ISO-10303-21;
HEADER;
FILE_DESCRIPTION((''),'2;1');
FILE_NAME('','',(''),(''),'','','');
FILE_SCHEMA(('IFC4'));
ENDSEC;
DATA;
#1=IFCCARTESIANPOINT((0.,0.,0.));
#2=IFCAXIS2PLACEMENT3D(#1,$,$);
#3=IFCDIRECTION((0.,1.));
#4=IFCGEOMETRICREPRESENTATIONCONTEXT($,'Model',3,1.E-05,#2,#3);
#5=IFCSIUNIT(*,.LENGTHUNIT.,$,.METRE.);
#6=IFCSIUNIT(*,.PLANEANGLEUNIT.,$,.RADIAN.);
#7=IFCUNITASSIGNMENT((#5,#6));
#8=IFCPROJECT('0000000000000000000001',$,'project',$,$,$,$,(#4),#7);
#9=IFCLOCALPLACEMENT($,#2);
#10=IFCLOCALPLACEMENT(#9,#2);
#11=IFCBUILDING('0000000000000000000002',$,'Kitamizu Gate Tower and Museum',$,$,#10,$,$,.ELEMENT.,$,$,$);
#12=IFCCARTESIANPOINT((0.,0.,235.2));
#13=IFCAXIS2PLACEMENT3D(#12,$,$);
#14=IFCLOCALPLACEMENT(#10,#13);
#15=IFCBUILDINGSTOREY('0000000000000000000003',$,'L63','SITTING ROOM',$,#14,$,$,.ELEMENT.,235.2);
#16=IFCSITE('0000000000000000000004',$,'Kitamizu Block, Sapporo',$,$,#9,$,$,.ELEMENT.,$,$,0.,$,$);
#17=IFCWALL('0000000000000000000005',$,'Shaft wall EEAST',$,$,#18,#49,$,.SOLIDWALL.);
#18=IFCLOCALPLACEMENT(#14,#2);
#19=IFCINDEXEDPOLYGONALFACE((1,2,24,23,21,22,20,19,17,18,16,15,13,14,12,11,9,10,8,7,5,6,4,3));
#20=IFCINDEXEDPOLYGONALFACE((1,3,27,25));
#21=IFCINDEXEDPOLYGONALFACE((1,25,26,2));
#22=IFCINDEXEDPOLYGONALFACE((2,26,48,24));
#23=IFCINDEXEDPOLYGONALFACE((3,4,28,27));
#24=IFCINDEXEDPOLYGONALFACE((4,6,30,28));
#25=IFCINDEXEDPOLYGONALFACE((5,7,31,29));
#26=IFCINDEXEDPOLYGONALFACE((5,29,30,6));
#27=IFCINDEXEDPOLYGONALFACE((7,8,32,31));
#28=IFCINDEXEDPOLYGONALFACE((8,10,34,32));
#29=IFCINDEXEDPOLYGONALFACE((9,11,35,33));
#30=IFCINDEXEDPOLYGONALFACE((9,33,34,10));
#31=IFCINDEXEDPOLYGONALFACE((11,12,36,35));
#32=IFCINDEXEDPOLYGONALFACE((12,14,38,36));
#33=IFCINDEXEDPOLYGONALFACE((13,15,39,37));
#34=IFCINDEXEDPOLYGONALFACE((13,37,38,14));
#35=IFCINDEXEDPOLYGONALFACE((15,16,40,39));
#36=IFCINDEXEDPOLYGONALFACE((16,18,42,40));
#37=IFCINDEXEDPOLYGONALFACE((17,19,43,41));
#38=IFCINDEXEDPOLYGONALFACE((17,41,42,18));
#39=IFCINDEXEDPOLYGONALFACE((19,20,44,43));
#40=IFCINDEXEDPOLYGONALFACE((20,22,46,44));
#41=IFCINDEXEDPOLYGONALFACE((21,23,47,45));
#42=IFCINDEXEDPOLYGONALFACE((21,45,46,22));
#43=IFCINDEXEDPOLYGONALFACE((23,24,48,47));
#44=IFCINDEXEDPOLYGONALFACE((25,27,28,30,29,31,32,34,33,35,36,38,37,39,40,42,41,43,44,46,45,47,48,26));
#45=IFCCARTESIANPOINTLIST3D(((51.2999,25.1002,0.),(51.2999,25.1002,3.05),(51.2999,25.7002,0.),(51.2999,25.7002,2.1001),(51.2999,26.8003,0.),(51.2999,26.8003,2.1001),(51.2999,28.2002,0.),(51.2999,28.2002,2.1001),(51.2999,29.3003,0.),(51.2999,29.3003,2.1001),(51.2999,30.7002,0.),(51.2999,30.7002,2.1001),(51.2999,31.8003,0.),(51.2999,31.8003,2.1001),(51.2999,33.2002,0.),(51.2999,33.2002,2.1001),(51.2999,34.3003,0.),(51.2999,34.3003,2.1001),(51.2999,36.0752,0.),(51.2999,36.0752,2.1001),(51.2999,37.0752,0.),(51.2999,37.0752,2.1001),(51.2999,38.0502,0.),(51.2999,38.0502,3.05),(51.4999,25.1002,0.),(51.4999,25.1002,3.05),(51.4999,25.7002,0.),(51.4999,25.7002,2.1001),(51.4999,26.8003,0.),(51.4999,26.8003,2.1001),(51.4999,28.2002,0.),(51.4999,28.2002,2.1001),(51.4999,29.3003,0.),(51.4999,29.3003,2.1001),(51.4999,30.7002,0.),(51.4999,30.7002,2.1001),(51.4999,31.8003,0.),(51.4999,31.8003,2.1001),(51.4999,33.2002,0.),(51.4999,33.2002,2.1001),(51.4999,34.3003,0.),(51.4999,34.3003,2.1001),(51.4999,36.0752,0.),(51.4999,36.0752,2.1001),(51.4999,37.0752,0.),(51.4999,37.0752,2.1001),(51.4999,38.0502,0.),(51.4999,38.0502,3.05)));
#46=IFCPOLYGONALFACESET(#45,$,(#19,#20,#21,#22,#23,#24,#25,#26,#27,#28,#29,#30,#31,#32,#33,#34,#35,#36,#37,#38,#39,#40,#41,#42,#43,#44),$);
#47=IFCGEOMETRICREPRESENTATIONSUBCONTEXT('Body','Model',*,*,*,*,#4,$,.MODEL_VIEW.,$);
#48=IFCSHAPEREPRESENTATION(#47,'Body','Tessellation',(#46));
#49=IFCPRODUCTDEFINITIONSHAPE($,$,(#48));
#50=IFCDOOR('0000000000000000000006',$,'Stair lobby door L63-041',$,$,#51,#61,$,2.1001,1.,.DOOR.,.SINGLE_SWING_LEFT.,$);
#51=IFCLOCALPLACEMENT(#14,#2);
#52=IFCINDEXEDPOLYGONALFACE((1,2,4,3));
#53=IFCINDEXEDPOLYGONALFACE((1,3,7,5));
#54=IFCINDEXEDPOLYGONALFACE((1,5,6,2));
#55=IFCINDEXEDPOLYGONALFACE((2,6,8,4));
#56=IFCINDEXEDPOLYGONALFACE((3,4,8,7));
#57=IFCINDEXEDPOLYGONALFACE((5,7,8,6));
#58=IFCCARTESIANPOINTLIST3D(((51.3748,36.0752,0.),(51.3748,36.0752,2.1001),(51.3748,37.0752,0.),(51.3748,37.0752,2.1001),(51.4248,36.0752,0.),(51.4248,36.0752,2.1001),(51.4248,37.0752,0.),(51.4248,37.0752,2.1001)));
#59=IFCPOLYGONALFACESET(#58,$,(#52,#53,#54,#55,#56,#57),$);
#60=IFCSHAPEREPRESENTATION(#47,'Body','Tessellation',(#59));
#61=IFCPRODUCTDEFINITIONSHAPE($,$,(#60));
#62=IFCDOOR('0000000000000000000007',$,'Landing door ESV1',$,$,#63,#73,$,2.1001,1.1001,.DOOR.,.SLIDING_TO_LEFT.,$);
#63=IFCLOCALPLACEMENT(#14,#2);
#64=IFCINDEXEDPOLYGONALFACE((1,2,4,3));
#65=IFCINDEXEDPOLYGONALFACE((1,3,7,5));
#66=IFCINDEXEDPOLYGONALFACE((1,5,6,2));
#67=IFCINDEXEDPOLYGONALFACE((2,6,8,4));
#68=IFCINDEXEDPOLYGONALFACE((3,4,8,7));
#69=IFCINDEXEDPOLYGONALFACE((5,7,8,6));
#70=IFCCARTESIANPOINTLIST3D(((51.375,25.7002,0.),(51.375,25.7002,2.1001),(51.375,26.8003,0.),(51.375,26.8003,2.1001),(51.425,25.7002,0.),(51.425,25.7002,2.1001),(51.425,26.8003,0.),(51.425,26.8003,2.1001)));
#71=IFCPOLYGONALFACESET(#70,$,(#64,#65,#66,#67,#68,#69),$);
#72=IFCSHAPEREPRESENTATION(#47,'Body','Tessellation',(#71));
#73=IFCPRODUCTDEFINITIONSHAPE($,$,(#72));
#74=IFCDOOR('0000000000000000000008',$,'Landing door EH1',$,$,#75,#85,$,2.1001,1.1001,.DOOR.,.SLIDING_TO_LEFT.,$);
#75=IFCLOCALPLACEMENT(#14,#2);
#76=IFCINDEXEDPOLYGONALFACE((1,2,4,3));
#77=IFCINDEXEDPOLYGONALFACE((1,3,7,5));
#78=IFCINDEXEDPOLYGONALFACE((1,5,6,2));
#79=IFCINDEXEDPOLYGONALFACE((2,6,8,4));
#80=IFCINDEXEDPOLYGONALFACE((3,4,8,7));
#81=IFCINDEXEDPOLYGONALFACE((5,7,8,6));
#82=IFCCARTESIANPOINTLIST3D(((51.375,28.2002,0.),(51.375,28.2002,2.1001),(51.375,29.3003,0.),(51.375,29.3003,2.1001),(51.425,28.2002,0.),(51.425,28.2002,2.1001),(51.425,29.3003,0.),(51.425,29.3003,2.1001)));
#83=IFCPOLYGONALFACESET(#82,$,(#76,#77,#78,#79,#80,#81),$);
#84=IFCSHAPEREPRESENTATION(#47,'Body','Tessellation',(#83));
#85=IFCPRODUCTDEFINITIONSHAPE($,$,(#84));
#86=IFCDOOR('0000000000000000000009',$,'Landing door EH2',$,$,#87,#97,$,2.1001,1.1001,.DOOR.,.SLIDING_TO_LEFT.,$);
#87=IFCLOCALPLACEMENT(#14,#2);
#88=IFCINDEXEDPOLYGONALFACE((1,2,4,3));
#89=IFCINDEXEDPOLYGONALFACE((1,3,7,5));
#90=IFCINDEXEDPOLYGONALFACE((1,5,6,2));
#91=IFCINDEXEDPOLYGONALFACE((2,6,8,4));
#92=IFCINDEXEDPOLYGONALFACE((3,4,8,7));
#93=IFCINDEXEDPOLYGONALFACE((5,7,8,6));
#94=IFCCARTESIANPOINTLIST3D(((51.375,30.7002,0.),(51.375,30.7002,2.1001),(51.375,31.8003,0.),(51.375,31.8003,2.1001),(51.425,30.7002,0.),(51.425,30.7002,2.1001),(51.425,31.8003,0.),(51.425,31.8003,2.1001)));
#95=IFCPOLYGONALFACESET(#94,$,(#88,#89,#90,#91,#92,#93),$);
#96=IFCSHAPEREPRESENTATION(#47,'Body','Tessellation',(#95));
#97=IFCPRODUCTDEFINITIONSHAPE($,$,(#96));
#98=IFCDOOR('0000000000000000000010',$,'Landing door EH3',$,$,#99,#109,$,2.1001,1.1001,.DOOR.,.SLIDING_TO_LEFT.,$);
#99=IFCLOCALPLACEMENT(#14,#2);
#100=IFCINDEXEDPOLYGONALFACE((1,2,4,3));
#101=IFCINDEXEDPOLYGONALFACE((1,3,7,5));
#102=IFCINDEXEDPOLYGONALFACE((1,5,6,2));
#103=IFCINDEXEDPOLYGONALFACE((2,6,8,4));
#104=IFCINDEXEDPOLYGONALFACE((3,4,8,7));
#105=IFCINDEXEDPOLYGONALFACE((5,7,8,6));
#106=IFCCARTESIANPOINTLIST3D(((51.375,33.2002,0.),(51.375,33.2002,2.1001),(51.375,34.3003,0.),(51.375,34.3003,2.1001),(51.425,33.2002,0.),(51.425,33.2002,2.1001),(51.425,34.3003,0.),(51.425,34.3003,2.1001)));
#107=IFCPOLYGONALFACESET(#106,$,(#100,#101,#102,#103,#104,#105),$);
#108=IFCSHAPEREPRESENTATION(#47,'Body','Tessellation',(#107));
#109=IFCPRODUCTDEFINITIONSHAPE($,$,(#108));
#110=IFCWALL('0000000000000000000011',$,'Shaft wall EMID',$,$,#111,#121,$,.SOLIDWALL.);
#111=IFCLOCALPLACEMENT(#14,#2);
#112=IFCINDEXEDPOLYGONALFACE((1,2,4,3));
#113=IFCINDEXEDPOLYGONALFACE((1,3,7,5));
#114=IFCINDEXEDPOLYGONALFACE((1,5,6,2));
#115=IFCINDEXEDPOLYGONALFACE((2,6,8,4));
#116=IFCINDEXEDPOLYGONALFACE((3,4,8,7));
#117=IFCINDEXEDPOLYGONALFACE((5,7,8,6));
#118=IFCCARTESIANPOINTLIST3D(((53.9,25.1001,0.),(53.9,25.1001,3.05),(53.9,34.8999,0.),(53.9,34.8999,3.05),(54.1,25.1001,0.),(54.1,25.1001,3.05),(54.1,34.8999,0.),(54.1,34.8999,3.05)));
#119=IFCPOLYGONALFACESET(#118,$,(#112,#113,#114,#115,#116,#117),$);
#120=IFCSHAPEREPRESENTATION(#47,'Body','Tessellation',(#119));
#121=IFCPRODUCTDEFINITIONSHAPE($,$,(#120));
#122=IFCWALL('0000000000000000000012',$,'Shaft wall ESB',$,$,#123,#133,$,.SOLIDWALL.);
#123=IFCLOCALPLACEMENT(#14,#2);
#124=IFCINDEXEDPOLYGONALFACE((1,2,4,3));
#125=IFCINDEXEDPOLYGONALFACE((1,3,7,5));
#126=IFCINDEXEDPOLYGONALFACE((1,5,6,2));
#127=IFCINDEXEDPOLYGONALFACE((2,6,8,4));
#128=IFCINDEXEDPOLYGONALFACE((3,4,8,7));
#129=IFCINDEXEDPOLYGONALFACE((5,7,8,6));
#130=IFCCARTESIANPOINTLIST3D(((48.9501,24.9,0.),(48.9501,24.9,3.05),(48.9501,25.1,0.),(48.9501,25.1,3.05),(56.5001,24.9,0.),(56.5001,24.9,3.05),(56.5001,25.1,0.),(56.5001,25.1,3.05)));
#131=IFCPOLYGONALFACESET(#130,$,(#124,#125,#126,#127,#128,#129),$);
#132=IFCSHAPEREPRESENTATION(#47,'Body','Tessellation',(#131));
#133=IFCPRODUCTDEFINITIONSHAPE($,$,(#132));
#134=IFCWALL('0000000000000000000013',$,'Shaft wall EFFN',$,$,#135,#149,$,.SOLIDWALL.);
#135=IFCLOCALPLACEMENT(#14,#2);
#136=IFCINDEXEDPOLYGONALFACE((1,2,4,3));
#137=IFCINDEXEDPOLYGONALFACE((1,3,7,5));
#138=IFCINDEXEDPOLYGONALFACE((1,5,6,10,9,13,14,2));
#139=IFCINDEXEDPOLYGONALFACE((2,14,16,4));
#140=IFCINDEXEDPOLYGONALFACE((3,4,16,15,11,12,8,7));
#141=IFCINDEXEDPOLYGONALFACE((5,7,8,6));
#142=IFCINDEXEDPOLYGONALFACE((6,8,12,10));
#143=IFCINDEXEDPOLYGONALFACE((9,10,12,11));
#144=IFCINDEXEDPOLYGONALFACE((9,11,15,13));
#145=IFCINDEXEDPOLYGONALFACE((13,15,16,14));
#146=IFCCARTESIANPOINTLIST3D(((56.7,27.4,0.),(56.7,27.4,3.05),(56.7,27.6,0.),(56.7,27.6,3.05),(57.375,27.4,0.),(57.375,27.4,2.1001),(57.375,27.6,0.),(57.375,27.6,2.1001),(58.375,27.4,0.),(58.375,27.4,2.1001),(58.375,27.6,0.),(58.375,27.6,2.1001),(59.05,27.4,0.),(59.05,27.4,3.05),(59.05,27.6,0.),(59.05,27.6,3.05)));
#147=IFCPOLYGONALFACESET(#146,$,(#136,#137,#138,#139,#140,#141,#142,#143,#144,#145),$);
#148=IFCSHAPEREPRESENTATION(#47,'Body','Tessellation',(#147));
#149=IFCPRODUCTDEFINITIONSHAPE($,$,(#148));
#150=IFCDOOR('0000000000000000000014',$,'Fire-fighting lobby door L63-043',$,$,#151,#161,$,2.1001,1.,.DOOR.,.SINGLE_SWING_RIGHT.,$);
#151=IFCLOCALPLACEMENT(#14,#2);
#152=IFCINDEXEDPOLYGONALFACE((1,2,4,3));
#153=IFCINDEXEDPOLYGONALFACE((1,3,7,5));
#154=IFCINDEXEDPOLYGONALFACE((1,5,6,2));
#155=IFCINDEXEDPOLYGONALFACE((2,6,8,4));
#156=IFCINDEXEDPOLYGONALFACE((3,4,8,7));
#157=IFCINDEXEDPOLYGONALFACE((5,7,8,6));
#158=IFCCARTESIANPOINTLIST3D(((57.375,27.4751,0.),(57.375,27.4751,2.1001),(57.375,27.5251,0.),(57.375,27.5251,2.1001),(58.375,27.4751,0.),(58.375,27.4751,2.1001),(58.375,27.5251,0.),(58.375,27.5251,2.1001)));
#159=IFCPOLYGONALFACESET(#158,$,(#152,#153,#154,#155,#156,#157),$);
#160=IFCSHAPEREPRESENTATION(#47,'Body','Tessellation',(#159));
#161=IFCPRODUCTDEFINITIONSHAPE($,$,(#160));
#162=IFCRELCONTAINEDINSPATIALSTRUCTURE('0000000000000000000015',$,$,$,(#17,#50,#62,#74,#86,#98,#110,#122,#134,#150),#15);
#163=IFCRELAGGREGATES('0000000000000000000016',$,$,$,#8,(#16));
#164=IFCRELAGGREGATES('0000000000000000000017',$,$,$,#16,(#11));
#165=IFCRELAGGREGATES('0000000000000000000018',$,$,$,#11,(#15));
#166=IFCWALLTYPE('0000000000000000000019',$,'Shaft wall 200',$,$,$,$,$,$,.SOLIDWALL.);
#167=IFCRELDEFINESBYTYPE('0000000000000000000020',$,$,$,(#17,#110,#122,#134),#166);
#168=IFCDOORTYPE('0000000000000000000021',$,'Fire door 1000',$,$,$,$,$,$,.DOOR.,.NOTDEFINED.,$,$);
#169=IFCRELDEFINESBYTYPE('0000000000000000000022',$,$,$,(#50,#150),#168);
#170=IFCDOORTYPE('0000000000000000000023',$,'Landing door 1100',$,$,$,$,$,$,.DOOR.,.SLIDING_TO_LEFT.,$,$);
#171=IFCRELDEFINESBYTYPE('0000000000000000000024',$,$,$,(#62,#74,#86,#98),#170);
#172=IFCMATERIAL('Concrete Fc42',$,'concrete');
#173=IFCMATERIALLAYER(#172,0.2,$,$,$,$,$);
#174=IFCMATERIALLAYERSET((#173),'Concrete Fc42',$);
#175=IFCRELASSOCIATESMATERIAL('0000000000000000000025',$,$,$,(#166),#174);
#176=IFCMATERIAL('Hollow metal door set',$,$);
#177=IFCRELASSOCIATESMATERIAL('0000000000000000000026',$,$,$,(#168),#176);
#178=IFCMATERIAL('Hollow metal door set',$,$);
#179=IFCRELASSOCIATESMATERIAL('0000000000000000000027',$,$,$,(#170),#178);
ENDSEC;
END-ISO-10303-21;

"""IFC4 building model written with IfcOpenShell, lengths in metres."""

from ifc_helpers import new_model, si_unit, direction, frame, frame_2d, origin, place, context, subcontext, project, spatial, rectangle, extrude, material, layer, layer_set, type_object, element, fill, save


model = new_model("IFC4")

# Units and contexts
model_context = context("Model", 3, precision=1e-05, world=origin(), true_north=direction((0.0, 1.0)))
body_context = subcontext(model_context, "Body", "Model", "MODEL_VIEW")
ifc_project = project(units=[si_unit("LENGTHUNIT", "METRE"), si_unit("PLANEANGLEUNIT", "RADIAN")], contexts=[model_context])

# Site, building, storey
site_placement = place(None, origin())
site = spatial("IfcSite", under=ifc_project, at=site_placement, Name="Kitamizu Block, Sapporo", CompositionType="ELEMENT", RefElevation=0.0)
building_placement = place(site_placement, origin())
building = spatial("IfcBuilding", under=site, at=building_placement, Name="Kitamizu Gate Tower and Museum", CompositionType="ELEMENT")
storey_placement = place(building_placement, frame((0.0, 0.0, 235.2)))
storey = spatial("IfcBuildingStorey", under=building, at=storey_placement, Name="L63", Description="SITTING ROOM", CompositionType="ELEMENT", Elevation=235.2)

# Wall, openings, doors
ifc_material_1 = material(Name="Concrete Fc42", Category="concrete")
ifc_layer_1 = layer(ifc_material_1, 0.2)
ifc_layer_set_1 = layer_set([ifc_layer_1], Name="Concrete Fc42")
wall_type_1 = type_object("IfcWallType", Name="Shaft wall 200", PredefinedType="SOLIDWALL", material=ifc_layer_set_1)
ifc_material_2 = material(Name="Hollow metal door set")
door_type_1 = type_object("IfcDoorType", Name="Fire door 1000", OperationType="NOTDEFINED", PredefinedType="DOOR", material=ifc_material_2)
ifc_material_3 = material(Name="Hollow metal door set")
door_type_2 = type_object("IfcDoorType", Name="Landing door 1100", OperationType="SLIDING_TO_LEFT", PredefinedType="DOOR", material=ifc_material_3)
wall_1_placement = place(storey_placement, frame((51.3999, 25.1001, 0.0), z_axis=(0.0, 0.0, 1.0), x_axis=(0.0, 1.0, 0.0)))
wall_1 = element("IfcWall", 1, at=wall_1_placement, inside=storey, type_object=wall_type_1, Name="Shaft wall EEAST", PredefinedType="SOLIDWALL", context=body_context, shape_type="SweptSolid", body=[
    extrude(rectangle(XDim=12.95, YDim=0.2, at=frame_2d((6.4751, 0.0))), origin(), (0.0, 0.0, 1.0), 3.05),
])
opening_1_placement = place(wall_1_placement, frame((0.6001, 0.0, 0.0)))
opening_1 = element("IfcOpeningElement", 2, at=opening_1_placement, cuts=wall_1, PredefinedType="OPENING", context=body_context, shape_type="SweptSolid", body=[
    extrude(rectangle(XDim=1.1001, YDim=2.1001, at=frame_2d((0.55, 1.05))), frame((0.0, 0.1099, 0.0), z_axis=(0.0, -1.0, 0.0), x_axis=(1.0, 0.0, 0.0)), (0.0, 0.0, 1.0), 0.22),
])
opening_2_placement = place(wall_1_placement, frame((3.1001, 0.0, 0.0)))
opening_2 = element("IfcOpeningElement", 3, at=opening_2_placement, cuts=wall_1, PredefinedType="OPENING", context=body_context, shape_type="SweptSolid", body=[
    extrude(rectangle(XDim=1.1001, YDim=2.1001, at=frame_2d((0.55, 1.05))), frame((0.0, 0.1099, 0.0), z_axis=(0.0, -1.0, 0.0), x_axis=(1.0, 0.0, 0.0)), (0.0, 0.0, 1.0), 0.22),
])
opening_3_placement = place(wall_1_placement, frame((5.6001, 0.0, 0.0)))
opening_3 = element("IfcOpeningElement", 4, at=opening_3_placement, cuts=wall_1, PredefinedType="OPENING", context=body_context, shape_type="SweptSolid", body=[
    extrude(rectangle(XDim=1.1001, YDim=2.1001, at=frame_2d((0.55, 1.05))), frame((0.0, 0.1099, 0.0), z_axis=(0.0, -1.0, 0.0), x_axis=(1.0, 0.0, 0.0)), (0.0, 0.0, 1.0), 0.22),
])
opening_4_placement = place(wall_1_placement, frame((8.1001, 0.0, 0.0)))
opening_4 = element("IfcOpeningElement", 5, at=opening_4_placement, cuts=wall_1, PredefinedType="OPENING", context=body_context, shape_type="SweptSolid", body=[
    extrude(rectangle(XDim=1.1001, YDim=2.1001, at=frame_2d((0.55, 1.05))), frame((0.0, 0.1099, 0.0), z_axis=(0.0, -1.0, 0.0), x_axis=(1.0, 0.0, 0.0)), (0.0, 0.0, 1.0), 0.22),
])
opening_5_placement = place(wall_1_placement, frame((10.9751, 0.0, 0.0)))
opening_5 = element("IfcOpeningElement", 6, at=opening_5_placement, cuts=wall_1, PredefinedType="OPENING", context=body_context, shape_type="SweptSolid", body=[
    extrude(rectangle(XDim=1.0, YDim=2.1001, at=frame_2d((0.5, 1.05))), frame((0.0, 0.1099, 0.0), z_axis=(0.0, -1.0, 0.0), x_axis=(1.0, 0.0, 0.0)), (0.0, 0.0, 1.0), 0.22),
])
door_1_placement = place(opening_5_placement, frame((1.0, 0.0, 0.0), x_axis=(-1.0, 0.0, 0.0)))
door_1 = element("IfcDoor", 7, at=door_1_placement, inside=storey, type_object=door_type_1, Name="Stair lobby door L63-041", OperationType="SINGLE_SWING_LEFT", OverallHeight=2.1001, OverallWidth=1.0, PredefinedType="DOOR", context=body_context, shape_type="SweptSolid", body=[
    extrude(rectangle(XDim=1.0, YDim=2.1001, at=frame_2d((0.5, 1.05))), frame((0.0, 0.0249, 0.0), z_axis=(0.0, -1.0, 0.0), x_axis=(1.0, 0.0, 0.0)), (0.0, 0.0, 1.0), 0.05),
])
fill(opening_5, door_1)
door_2_placement = place(opening_1_placement, origin())
door_2 = element("IfcDoor", 8, at=door_2_placement, inside=storey, type_object=door_type_2, Name="Landing door ESV1", OperationType="SLIDING_TO_LEFT", OverallHeight=2.1001, OverallWidth=1.1001, PredefinedType="DOOR", context=body_context, shape_type="SweptSolid", body=[
    extrude(rectangle(XDim=1.1001, YDim=2.1001, at=frame_2d((0.55, 1.05))), frame((0.0, 0.0249, 0.0), z_axis=(0.0, -1.0, 0.0), x_axis=(1.0, 0.0, 0.0)), (0.0, 0.0, 1.0), 0.05),
])
fill(opening_1, door_2)
door_3_placement = place(opening_2_placement, origin())
door_3 = element("IfcDoor", 9, at=door_3_placement, inside=storey, type_object=door_type_2, Name="Landing door EH1", OperationType="SLIDING_TO_LEFT", OverallHeight=2.1001, OverallWidth=1.1001, PredefinedType="DOOR", context=body_context, shape_type="SweptSolid", body=[
    extrude(rectangle(XDim=1.1001, YDim=2.1001, at=frame_2d((0.55, 1.05))), frame((0.0, 0.0249, 0.0), z_axis=(0.0, -1.0, 0.0), x_axis=(1.0, 0.0, 0.0)), (0.0, 0.0, 1.0), 0.05),
])
fill(opening_2, door_3)
door_4_placement = place(opening_3_placement, origin())
door_4 = element("IfcDoor", 10, at=door_4_placement, inside=storey, type_object=door_type_2, Name="Landing door EH2", OperationType="SLIDING_TO_LEFT", OverallHeight=2.1001, OverallWidth=1.1001, PredefinedType="DOOR", context=body_context, shape_type="SweptSolid", body=[
    extrude(rectangle(XDim=1.1001, YDim=2.1001, at=frame_2d((0.55, 1.05))), frame((0.0, 0.0249, 0.0), z_axis=(0.0, -1.0, 0.0), x_axis=(1.0, 0.0, 0.0)), (0.0, 0.0, 1.0), 0.05),
])
fill(opening_3, door_4)
door_5_placement = place(opening_4_placement, origin())
door_5 = element("IfcDoor", 11, at=door_5_placement, inside=storey, type_object=door_type_2, Name="Landing door EH3", OperationType="SLIDING_TO_LEFT", OverallHeight=2.1001, OverallWidth=1.1001, PredefinedType="DOOR", context=body_context, shape_type="SweptSolid", body=[
    extrude(rectangle(XDim=1.1001, YDim=2.1001, at=frame_2d((0.55, 1.05))), frame((0.0, 0.0249, 0.0), z_axis=(0.0, -1.0, 0.0), x_axis=(1.0, 0.0, 0.0)), (0.0, 0.0, 1.0), 0.05),
])
fill(opening_4, door_5)

# Walls
wall_2_placement = place(storey_placement, frame((54.0, 25.1001, 0.0), z_axis=(0.0, 0.0, 1.0), x_axis=(0.0, 1.0, 0.0)))
element("IfcWall", 12, at=wall_2_placement, inside=storey, type_object=wall_type_1, Name="Shaft wall EMID", PredefinedType="SOLIDWALL", context=body_context, shape_type="SweptSolid", body=[
    extrude(rectangle(XDim=9.7998, YDim=0.2, at=frame_2d((4.8999, 0.0))), origin(), (0.0, 0.0, 1.0), 3.05),
])
wall_3_placement = place(storey_placement, frame((56.5, 25.0, 0.0), z_axis=(0.0, 0.0, 1.0), x_axis=(-1.0, 0.0, 0.0)))
element("IfcWall", 13, at=wall_3_placement, inside=storey, type_object=wall_type_1, Name="Shaft wall ESB", PredefinedType="SOLIDWALL", context=body_context, shape_type="SweptSolid", body=[
    extrude(rectangle(XDim=7.55, YDim=0.2, at=frame_2d((3.7749, 0.0))), origin(), (0.0, 0.0, 1.0), 3.05),
])

# Wall, opening, door
wall_4_placement = place(storey_placement, frame((59.05, 27.5, 0.0), z_axis=(0.0, 0.0, 1.0), x_axis=(-1.0, 0.0, 0.0)))
wall_4 = element("IfcWall", 14, at=wall_4_placement, inside=storey, type_object=wall_type_1, Name="Shaft wall EFFN", PredefinedType="SOLIDWALL", context=body_context, shape_type="SweptSolid", body=[
    extrude(rectangle(XDim=2.3501, YDim=0.2, at=frame_2d((1.175, 0.0))), origin(), (0.0, 0.0, 1.0), 3.05),
])
opening_6_placement = place(wall_4_placement, frame((0.675, 0.0, 0.0)))
opening_6 = element("IfcOpeningElement", 15, at=opening_6_placement, cuts=wall_4, PredefinedType="OPENING", context=body_context, shape_type="SweptSolid", body=[
    extrude(rectangle(XDim=1.0, YDim=2.1001, at=frame_2d((0.5, 1.05))), frame((0.0, 0.1099, 0.0), z_axis=(0.0, -1.0, 0.0), x_axis=(1.0, 0.0, 0.0)), (0.0, 0.0, 1.0), 0.22),
])
door_6_placement = place(opening_6_placement, origin())
door_6 = element("IfcDoor", 16, at=door_6_placement, inside=storey, type_object=door_type_1, Name="Fire-fighting lobby door L63-043", OperationType="SINGLE_SWING_RIGHT", OverallHeight=2.1001, OverallWidth=1.0, PredefinedType="DOOR", context=body_context, shape_type="SweptSolid", body=[
    extrude(rectangle(XDim=1.0, YDim=2.1001, at=frame_2d((0.5, 1.05))), frame((0.0, 0.0249, 0.0), z_axis=(0.0, -1.0, 0.0), x_axis=(1.0, 0.0, 0.0)), (0.0, 0.0, 1.0), 0.05),
])
fill(opening_6, door_6)

save(model, "model.ifc")
